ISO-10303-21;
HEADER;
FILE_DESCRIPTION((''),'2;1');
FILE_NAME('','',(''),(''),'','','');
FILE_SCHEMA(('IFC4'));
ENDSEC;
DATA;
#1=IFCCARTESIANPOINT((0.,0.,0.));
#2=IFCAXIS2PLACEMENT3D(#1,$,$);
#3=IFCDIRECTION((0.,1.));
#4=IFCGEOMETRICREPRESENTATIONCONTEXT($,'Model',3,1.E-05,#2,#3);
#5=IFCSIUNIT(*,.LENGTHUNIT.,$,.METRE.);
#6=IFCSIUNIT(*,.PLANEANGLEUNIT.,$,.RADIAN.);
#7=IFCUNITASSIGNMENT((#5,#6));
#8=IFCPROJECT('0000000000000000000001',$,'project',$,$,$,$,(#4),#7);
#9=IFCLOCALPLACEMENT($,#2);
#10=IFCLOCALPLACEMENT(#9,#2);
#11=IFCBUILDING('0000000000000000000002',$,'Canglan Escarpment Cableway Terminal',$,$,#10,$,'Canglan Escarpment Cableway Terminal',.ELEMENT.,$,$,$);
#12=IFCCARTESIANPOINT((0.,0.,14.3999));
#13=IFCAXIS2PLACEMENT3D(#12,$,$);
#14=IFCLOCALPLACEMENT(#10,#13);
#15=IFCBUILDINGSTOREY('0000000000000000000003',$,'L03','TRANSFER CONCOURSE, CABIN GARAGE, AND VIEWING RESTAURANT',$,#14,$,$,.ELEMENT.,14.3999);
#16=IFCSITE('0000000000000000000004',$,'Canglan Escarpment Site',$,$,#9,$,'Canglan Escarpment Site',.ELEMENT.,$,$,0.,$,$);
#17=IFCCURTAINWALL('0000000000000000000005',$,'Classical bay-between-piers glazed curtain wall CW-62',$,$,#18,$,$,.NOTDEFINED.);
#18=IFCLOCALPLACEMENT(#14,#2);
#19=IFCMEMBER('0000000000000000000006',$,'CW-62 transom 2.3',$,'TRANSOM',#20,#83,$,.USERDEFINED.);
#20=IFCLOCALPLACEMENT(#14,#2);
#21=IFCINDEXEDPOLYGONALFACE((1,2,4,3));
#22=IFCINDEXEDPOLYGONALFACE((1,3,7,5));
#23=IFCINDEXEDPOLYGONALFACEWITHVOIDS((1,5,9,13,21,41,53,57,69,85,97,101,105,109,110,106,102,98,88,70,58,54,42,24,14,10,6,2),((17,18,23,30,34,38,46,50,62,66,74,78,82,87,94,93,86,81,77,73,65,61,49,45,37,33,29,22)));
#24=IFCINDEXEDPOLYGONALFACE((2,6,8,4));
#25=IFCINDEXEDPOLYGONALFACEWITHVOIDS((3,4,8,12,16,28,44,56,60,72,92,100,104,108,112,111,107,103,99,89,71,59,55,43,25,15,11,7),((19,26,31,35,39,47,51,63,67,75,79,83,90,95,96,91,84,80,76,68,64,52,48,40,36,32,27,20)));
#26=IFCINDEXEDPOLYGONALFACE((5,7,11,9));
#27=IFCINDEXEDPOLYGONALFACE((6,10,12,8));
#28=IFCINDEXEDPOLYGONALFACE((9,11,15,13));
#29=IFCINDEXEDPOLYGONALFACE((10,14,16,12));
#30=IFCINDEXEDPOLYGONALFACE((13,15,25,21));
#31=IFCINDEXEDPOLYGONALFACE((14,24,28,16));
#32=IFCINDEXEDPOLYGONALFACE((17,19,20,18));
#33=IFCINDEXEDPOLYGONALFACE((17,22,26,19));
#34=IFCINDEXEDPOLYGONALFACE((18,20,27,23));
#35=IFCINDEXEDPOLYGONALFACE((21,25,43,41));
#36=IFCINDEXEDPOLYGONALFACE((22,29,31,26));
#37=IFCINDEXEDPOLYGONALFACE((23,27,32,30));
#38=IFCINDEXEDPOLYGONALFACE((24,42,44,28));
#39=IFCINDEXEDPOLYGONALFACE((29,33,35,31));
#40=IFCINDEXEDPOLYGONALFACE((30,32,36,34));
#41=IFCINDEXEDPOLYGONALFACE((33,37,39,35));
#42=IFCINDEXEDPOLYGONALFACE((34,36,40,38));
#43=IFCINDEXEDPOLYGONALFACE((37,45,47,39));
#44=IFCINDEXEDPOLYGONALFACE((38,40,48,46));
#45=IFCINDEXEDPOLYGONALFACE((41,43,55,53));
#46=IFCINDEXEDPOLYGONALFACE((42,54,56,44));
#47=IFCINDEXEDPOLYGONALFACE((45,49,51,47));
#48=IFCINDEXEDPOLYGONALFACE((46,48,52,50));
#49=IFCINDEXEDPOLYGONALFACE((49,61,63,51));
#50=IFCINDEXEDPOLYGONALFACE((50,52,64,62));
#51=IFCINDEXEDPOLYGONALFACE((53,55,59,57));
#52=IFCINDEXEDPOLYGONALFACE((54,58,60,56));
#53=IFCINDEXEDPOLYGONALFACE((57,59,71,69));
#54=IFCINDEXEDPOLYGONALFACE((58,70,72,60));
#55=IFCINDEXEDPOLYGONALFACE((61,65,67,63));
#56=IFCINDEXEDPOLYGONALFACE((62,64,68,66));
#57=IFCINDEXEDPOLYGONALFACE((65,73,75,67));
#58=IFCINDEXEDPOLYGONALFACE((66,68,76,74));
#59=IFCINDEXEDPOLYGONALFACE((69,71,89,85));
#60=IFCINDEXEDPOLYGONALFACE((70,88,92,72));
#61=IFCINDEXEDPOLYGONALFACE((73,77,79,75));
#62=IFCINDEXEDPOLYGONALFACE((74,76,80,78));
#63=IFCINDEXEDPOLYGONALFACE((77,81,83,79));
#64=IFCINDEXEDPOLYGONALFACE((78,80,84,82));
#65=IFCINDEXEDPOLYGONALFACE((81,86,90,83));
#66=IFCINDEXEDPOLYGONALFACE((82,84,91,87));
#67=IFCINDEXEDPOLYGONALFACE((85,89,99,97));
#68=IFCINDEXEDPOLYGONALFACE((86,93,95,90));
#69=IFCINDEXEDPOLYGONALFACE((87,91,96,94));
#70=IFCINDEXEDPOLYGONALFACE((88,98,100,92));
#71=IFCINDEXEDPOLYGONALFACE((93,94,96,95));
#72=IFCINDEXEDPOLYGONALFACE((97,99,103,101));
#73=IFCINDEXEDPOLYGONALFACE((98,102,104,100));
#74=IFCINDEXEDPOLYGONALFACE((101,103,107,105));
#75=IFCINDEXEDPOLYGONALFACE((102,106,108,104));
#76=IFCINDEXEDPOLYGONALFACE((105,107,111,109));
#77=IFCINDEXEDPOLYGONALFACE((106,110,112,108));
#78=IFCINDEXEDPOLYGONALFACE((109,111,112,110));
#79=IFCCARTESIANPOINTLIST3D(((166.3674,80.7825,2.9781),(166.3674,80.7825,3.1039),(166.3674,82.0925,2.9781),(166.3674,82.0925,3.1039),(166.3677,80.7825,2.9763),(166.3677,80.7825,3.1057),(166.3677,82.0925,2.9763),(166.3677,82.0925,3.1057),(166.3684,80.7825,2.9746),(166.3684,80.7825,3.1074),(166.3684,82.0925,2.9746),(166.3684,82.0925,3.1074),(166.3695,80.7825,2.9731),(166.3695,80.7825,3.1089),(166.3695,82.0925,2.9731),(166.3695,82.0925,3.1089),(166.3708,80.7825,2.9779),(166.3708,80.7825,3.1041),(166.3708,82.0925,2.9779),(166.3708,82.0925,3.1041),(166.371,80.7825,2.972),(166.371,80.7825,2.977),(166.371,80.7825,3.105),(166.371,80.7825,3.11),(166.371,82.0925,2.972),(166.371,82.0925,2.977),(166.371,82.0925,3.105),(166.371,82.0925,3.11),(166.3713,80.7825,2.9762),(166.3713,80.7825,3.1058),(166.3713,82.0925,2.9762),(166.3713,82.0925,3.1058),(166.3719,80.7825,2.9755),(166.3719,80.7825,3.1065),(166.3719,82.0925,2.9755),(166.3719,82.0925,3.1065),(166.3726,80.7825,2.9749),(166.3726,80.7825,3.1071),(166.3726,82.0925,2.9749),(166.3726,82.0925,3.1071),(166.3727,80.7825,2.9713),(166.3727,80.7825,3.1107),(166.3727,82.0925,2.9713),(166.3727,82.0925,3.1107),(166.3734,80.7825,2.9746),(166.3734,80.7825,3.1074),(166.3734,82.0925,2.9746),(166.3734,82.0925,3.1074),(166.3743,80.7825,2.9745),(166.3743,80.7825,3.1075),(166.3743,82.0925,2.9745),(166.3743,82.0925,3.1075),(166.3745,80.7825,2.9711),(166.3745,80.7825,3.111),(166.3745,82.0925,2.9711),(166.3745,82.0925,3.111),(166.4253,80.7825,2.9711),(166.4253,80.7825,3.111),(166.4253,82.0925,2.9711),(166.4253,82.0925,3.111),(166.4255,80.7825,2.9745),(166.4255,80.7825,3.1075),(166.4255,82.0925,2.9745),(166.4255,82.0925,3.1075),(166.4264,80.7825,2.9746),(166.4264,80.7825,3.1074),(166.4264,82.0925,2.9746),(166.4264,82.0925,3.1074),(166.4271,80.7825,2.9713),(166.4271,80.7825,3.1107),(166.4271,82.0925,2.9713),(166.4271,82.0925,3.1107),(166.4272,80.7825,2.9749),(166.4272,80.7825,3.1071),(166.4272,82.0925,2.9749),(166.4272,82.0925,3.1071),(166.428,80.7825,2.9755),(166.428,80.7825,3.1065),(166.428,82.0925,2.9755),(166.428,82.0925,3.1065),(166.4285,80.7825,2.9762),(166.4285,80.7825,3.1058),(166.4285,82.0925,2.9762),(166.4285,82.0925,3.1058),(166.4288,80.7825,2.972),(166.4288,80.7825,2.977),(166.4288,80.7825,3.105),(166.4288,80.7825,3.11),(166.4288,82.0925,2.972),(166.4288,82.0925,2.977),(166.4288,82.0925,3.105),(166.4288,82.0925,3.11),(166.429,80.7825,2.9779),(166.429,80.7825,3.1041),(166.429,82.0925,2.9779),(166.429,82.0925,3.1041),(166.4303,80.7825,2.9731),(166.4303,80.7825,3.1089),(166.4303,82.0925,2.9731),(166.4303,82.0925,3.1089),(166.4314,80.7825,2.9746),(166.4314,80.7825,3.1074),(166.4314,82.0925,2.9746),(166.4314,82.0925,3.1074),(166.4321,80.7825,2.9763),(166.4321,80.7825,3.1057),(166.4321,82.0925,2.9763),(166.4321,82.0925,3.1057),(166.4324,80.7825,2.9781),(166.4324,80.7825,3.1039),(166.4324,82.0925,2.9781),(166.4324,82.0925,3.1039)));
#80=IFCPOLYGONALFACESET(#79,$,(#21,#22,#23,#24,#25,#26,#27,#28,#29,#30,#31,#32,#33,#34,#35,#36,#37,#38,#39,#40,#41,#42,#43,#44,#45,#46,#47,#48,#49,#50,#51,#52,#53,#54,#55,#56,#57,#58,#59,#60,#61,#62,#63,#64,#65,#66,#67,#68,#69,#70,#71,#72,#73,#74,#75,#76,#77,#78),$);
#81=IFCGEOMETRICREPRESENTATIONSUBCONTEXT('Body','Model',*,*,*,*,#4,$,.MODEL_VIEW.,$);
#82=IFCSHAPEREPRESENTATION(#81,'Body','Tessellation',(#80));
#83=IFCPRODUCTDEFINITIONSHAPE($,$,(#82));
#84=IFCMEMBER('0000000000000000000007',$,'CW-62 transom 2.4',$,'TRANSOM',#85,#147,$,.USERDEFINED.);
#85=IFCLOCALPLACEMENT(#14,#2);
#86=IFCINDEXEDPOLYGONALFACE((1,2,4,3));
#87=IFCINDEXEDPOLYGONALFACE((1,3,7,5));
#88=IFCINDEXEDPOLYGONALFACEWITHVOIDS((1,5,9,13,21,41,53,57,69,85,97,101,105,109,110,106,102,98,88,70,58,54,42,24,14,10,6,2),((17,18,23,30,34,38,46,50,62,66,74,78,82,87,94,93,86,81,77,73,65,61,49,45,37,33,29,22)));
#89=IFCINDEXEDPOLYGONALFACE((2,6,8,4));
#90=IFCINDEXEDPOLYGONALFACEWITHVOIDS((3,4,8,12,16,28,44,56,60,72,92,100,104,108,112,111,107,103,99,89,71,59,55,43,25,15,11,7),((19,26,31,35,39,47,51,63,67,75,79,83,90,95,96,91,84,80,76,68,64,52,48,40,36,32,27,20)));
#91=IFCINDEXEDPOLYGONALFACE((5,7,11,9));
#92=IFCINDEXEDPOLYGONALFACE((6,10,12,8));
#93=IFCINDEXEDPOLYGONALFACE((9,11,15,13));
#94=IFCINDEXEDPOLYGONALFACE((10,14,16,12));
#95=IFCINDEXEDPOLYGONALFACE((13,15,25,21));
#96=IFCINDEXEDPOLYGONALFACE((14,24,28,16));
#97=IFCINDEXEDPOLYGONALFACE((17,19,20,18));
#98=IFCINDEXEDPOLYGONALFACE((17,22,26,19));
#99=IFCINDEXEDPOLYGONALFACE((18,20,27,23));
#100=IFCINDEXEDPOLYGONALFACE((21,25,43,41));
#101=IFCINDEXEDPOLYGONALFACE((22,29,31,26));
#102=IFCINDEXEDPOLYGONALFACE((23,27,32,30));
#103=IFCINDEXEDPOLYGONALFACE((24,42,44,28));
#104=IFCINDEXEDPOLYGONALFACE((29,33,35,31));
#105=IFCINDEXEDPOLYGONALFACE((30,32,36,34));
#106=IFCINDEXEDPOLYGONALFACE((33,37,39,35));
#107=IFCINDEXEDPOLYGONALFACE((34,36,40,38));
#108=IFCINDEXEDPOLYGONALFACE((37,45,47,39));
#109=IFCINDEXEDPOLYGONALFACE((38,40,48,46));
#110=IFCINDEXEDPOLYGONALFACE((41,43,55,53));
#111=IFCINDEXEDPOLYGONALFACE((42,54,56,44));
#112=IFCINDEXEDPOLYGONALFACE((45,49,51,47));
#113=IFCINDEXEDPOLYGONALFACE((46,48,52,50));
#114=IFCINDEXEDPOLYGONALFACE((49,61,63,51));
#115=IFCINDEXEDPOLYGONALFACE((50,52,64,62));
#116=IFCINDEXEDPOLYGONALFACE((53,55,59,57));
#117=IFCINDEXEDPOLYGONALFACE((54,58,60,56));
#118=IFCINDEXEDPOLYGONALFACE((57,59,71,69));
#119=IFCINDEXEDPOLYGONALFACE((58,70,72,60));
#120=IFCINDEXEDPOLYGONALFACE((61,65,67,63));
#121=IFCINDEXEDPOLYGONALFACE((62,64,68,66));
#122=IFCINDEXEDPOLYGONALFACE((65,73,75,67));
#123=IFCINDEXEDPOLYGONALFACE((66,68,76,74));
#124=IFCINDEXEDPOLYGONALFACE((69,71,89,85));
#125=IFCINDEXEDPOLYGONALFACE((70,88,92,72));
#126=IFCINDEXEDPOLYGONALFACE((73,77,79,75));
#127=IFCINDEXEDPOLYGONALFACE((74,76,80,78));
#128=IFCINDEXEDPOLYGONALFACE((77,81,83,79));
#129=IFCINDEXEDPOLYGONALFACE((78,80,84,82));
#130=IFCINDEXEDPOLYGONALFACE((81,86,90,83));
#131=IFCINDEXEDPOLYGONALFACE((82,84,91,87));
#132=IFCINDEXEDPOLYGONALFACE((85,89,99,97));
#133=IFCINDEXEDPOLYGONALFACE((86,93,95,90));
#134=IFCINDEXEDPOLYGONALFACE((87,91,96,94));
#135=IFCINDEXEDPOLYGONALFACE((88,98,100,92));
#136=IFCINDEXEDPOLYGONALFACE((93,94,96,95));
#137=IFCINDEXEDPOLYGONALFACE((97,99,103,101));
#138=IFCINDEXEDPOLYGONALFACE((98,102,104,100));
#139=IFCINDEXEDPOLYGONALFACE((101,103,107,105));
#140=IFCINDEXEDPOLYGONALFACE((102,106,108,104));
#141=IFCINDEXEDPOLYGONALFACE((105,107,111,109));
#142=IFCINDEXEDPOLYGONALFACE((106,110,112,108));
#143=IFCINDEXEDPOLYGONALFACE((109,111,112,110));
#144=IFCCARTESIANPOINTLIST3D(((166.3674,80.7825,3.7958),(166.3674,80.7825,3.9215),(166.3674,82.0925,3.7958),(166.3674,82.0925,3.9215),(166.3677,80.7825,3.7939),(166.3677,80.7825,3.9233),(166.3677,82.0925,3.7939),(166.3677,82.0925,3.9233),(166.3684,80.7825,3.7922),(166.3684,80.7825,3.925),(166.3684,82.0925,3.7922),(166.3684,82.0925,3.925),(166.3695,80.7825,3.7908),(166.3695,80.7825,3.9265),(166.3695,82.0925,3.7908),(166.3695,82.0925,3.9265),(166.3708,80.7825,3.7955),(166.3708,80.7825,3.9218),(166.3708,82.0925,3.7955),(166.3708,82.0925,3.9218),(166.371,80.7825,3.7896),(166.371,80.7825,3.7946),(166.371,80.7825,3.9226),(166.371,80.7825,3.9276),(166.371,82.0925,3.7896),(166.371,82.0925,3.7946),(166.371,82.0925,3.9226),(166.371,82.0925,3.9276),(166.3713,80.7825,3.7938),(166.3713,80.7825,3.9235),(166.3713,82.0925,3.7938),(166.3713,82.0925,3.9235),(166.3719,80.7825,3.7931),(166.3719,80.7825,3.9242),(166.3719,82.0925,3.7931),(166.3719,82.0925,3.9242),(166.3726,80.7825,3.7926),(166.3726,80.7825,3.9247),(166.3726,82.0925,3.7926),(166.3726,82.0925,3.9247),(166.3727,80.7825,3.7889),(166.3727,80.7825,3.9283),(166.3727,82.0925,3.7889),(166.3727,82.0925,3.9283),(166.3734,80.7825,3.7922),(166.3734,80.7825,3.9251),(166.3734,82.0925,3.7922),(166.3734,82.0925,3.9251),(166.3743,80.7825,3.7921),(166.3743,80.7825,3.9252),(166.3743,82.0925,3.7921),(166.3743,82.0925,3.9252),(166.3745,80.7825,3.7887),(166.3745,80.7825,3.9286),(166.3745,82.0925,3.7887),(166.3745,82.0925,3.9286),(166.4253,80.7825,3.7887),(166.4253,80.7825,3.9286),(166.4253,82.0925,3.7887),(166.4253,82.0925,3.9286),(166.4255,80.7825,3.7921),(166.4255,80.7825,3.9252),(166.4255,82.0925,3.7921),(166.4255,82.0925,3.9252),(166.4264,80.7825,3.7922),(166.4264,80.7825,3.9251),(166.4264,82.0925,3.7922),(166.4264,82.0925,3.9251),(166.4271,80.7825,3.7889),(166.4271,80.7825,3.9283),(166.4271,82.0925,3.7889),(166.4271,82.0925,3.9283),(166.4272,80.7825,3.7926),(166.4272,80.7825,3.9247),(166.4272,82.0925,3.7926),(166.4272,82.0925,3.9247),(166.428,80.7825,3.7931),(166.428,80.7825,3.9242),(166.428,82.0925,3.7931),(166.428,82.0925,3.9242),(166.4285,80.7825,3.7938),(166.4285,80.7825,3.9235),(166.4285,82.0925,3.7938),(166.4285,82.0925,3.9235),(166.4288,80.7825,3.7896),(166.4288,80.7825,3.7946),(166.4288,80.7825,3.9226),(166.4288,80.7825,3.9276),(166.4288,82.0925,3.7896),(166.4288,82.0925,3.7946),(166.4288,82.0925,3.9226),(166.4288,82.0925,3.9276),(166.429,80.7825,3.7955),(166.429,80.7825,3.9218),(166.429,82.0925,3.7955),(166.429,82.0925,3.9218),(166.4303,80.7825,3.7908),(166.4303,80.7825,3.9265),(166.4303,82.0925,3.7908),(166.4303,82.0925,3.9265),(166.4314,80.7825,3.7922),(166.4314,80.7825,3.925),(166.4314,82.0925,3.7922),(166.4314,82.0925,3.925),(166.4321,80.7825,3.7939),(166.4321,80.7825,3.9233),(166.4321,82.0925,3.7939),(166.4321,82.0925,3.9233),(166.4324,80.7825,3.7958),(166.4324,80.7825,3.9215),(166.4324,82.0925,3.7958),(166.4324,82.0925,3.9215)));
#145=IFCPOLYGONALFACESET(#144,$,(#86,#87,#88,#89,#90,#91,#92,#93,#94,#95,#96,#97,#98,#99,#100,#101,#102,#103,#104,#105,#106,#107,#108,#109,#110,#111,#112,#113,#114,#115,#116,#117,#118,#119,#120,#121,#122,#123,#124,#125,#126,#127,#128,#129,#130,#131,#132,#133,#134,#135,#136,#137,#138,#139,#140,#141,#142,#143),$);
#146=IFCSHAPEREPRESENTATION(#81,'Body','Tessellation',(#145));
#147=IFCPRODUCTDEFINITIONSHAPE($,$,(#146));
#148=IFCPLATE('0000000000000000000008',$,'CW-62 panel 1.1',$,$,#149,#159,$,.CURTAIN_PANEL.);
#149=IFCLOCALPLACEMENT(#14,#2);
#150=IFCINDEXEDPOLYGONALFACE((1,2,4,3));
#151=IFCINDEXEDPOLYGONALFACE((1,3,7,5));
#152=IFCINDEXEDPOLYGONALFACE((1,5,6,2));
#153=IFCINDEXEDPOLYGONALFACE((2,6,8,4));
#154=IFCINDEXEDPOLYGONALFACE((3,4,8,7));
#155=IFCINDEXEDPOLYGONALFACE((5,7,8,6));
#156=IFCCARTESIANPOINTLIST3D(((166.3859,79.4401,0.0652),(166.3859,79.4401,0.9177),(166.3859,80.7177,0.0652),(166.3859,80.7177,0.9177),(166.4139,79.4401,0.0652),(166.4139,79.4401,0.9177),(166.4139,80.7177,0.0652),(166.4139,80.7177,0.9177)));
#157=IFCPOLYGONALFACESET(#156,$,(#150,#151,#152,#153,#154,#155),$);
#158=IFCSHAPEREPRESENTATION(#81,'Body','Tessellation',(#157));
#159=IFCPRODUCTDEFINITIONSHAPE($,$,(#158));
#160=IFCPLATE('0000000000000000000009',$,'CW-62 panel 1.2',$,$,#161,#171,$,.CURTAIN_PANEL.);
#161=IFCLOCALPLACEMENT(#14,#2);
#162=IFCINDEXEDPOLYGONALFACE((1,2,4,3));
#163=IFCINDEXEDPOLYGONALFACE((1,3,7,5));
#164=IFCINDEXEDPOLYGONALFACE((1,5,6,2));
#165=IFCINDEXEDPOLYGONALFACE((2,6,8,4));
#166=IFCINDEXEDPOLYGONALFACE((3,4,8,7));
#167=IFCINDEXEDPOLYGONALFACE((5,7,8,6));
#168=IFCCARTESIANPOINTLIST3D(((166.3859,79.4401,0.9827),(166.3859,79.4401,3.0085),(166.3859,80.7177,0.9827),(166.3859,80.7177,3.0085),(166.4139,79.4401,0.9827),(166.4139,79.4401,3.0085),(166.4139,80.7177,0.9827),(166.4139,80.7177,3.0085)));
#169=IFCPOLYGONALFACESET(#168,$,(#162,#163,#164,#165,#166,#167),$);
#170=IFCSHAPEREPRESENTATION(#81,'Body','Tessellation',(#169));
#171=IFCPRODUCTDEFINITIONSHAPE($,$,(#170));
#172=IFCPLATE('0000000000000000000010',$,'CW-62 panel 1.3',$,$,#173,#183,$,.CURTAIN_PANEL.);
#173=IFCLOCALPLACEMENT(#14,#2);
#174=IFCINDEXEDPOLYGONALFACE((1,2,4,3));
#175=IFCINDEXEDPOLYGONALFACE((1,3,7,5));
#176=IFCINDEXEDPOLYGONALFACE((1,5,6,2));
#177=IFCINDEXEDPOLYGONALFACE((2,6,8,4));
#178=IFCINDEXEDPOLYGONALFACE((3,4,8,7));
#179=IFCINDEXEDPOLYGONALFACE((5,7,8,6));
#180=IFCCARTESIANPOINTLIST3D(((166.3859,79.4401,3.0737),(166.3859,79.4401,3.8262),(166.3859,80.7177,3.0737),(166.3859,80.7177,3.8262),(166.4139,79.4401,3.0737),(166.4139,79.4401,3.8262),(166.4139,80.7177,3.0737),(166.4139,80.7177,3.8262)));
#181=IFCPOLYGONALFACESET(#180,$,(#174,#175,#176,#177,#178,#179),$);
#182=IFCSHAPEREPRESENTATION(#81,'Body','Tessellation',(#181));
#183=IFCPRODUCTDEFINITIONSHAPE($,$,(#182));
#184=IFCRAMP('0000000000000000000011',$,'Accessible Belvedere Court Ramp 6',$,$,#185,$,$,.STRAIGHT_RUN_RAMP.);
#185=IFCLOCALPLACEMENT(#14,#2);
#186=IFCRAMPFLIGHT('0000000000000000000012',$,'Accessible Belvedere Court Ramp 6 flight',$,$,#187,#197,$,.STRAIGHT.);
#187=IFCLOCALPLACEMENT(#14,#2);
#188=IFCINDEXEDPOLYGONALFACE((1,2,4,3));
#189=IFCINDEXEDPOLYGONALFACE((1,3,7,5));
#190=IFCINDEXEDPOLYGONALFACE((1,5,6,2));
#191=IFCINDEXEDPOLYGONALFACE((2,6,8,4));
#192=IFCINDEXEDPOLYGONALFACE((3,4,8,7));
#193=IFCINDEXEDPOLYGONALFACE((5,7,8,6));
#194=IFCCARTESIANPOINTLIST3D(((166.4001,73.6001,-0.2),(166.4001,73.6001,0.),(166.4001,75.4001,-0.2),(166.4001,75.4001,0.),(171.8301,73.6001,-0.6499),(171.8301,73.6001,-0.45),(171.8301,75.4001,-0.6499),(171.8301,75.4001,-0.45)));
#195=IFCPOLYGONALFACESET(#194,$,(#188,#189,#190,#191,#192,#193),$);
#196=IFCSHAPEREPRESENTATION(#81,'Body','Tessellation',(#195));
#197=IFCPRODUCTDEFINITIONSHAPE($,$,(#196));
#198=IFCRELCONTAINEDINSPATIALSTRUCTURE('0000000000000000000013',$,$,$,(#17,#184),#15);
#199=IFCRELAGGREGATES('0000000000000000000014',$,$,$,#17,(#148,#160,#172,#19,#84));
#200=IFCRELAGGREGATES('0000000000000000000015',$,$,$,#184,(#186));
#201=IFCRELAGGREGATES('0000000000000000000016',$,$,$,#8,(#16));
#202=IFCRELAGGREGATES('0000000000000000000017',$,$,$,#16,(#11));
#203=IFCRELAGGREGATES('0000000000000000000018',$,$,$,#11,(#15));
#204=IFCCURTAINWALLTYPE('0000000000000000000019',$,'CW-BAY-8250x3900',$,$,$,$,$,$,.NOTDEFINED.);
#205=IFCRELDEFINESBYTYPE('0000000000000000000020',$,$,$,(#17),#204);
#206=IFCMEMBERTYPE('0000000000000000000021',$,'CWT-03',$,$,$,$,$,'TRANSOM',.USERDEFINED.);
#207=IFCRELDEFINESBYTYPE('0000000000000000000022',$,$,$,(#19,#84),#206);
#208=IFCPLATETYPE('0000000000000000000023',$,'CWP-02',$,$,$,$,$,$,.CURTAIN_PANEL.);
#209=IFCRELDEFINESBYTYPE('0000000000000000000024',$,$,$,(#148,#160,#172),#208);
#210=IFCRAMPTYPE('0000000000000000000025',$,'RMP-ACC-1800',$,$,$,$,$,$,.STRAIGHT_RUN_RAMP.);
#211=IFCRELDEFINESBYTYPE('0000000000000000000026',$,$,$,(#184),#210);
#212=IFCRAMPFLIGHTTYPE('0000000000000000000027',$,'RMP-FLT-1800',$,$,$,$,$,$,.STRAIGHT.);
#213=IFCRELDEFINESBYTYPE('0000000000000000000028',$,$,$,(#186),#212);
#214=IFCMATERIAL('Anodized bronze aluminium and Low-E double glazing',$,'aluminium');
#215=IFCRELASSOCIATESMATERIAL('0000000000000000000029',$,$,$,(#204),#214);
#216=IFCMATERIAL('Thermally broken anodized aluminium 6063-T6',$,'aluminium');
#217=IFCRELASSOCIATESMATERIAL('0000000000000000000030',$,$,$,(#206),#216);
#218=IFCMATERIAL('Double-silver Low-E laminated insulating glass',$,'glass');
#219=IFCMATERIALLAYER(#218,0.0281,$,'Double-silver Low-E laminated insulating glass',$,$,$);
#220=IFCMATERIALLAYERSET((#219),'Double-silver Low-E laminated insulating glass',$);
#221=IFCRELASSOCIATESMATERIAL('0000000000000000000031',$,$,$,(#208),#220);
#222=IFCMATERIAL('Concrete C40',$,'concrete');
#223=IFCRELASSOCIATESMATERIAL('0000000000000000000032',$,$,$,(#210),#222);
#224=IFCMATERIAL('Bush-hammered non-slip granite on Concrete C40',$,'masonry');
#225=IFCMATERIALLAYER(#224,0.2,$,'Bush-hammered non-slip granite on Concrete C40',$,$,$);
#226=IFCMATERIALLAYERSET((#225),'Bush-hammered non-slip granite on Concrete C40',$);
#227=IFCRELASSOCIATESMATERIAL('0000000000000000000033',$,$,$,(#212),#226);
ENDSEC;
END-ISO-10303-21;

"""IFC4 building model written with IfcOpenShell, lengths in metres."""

from ifc_helpers import new_model, si_unit, direction, frame, origin, origin_2d, place, context, subcontext, project, spatial, polyline, rectangle, hollow_rectangle, outline, extrude, material, layer, layer_set, material_profile, profile_set, type_object, element, aggregate, save


model = new_model("IFC4")

# Units and contexts
model_context = context("Model", 3, precision=1e-05, world=origin(), true_north=direction((0.0, 1.0)))
body_context = subcontext(model_context, "Body", "Model", "MODEL_VIEW")
ifc_project = project(units=[si_unit("LENGTHUNIT", "METRE"), si_unit("PLANEANGLEUNIT", "RADIAN")], contexts=[model_context])

# Site, building, storey
site_placement = place(None, origin())
site = spatial("IfcSite", under=ifc_project, at=site_placement, Name="Canglan Escarpment Site", LongName="Canglan Escarpment Site", CompositionType="ELEMENT", RefElevation=0.0)
building_placement = place(site_placement, origin())
building = spatial("IfcBuilding", under=site, at=building_placement, Name="Canglan Escarpment Cableway Terminal", LongName="Canglan Escarpment Cableway Terminal", CompositionType="ELEMENT")
storey_placement = place(building_placement, frame((0.0, 0.0, 14.3999)))
storey = spatial("IfcBuildingStorey", under=building, at=storey_placement, Name="L03", Description="TRANSFER CONCOURSE, CABIN GARAGE, AND VIEWING RESTAURANT", CompositionType="ELEMENT", Elevation=14.3999)

# Shared definitions
ifc_material_1 = material(Name="Concrete C40", Category="concrete")

# Curtain wall, members, plates
ifc_material_2 = material(Name="Anodized bronze aluminium and Low-E double glazing", Category="aluminium")
curtain_wall_type = type_object("IfcCurtainWallType", Name="CW-BAY-8250x3900", PredefinedType="NOTDEFINED", material=ifc_material_2)
curtain_wall_placement = place(storey_placement, origin())
curtain_wall = element("IfcCurtainWall", 1, at=curtain_wall_placement, inside=storey, type_object=curtain_wall_type, Name="Classical bay-between-piers glazed curtain wall CW-62", PredefinedType="NOTDEFINED")
ifc_material_3 = material(Name="Thermally broken anodized aluminium 6063-T6", Category="aluminium")
ifc_material_profile_1 = material_profile(ifc_material_3, hollow_rectangle(XDim=0.0649, YDim=0.1399, WallThickness=0.0034, InnerFilletRadius=0.0034, OuterFilletRadius=0.0071, at=origin_2d()), Name="ALU-TRAN 65x140x3.5")
ifc_profile_set_1 = profile_set([ifc_material_profile_1], Name="Thermally broken anodized aluminium 6063-T6")
member_type_1 = type_object("IfcMemberType", Name="CWT-03", ElementType="TRANSOM", PredefinedType="USERDEFINED", material=ifc_profile_set_1)
member_1_placement = place(storey_placement, frame((166.3999, 80.7825, 3.041), z_axis=(0.0, 1.0, 0.0), x_axis=(-1.0, 0.0, 0.0)))
member_1 = element("IfcMember", 2, at=member_1_placement, type_object=member_type_1, Name="CW-62 transom 2.3", ObjectType="TRANSOM", PredefinedType="USERDEFINED", context=body_context, shape_type="SweptSolid", body=[
    extrude(hollow_rectangle(XDim=0.0649, YDim=0.1399, WallThickness=0.0034, InnerFilletRadius=0.0034, OuterFilletRadius=0.0071, at=origin_2d()), origin(), (0.0, 0.0, 1.0), 1.3101),
])
member_2_placement = place(storey_placement, frame((166.3999, 80.7825, 3.8586), z_axis=(0.0, 1.0, 0.0), x_axis=(-1.0, 0.0, 0.0)))
member_2 = element("IfcMember", 3, at=member_2_placement, type_object=member_type_1, Name="CW-62 transom 2.4", ObjectType="TRANSOM", PredefinedType="USERDEFINED", context=body_context, shape_type="SweptSolid", body=[
    extrude(hollow_rectangle(XDim=0.0649, YDim=0.1399, WallThickness=0.0034, InnerFilletRadius=0.0034, OuterFilletRadius=0.0071, at=origin_2d()), origin(), (0.0, 0.0, 1.0), 1.3101),
])
ifc_material_4 = material(Name="Double-silver Low-E laminated insulating glass", Category="glass")
ifc_layer_1 = layer(ifc_material_4, 0.0281, Name="Double-silver Low-E laminated insulating glass")
ifc_layer_set_1 = layer_set([ifc_layer_1], Name="Double-silver Low-E laminated insulating glass")
plate_type = type_object("IfcPlateType", Name="CWP-02", PredefinedType="CURTAIN_PANEL", material=ifc_layer_set_1)
plate_1_placement = place(storey_placement, frame((166.3999, 80.0789, 0.0652), z_axis=(0.0, 0.0, 1.0), x_axis=(0.0, 1.0, 0.0)))
plate_1 = element("IfcPlate", 4, at=plate_1_placement, type_object=plate_type, Name="CW-62 panel 1.1", PredefinedType="CURTAIN_PANEL", context=body_context, shape_type="SweptSolid", body=[
    extrude(rectangle(XDim=1.2776, YDim=0.0281, at=origin_2d()), origin(), (0.0, 0.0, 1.0), 0.8525),
])
plate_2_placement = place(storey_placement, frame((166.3999, 80.0789, 0.9827), z_axis=(0.0, 0.0, 1.0), x_axis=(0.0, 1.0, 0.0)))
plate_2 = element("IfcPlate", 5, at=plate_2_placement, type_object=plate_type, Name="CW-62 panel 1.2", PredefinedType="CURTAIN_PANEL", context=body_context, shape_type="SweptSolid", body=[
    extrude(rectangle(XDim=1.2776, YDim=0.0281, at=origin_2d()), origin(), (0.0, 0.0, 1.0), 2.0259),
])
plate_3_placement = place(storey_placement, frame((166.3999, 80.0789, 3.0737), z_axis=(0.0, 0.0, 1.0), x_axis=(0.0, 1.0, 0.0)))
plate_3 = element("IfcPlate", 6, at=plate_3_placement, type_object=plate_type, Name="CW-62 panel 1.3", PredefinedType="CURTAIN_PANEL", context=body_context, shape_type="SweptSolid", body=[
    extrude(rectangle(XDim=1.2776, YDim=0.0281, at=origin_2d()), origin(), (0.0, 0.0, 1.0), 0.7524),
])
aggregate(curtain_wall, [plate_1, plate_2, plate_3, member_1, member_2])

# Ramp, ramp flight
ramp_type = type_object("IfcRampType", Name="RMP-ACC-1800", PredefinedType="STRAIGHT_RUN_RAMP", material=ifc_material_1)
ramp_placement = place(storey_placement, origin())
ramp = element("IfcRamp", 7, at=ramp_placement, inside=storey, type_object=ramp_type, Name="Accessible Belvedere Court Ramp 6", PredefinedType="STRAIGHT_RUN_RAMP")
ifc_material_5 = material(Name="Bush-hammered non-slip granite on Concrete C40", Category="masonry")
ifc_layer_2 = layer(ifc_material_5, 0.2, Name="Bush-hammered non-slip granite on Concrete C40")
ifc_layer_set_2 = layer_set([ifc_layer_2], Name="Bush-hammered non-slip granite on Concrete C40")
ramp_flight_type = type_object("IfcRampFlightType", Name="RMP-FLT-1800", PredefinedType="STRAIGHT", material=ifc_layer_set_2)
ramp_flight_placement = place(storey_placement, frame((171.8301, 74.5, -0.45), z_axis=(0.0, 0.0, 1.0), x_axis=(-1.0, 0.0, 0.0)))
ramp_flight = element("IfcRampFlight", 8, at=ramp_flight_placement, type_object=ramp_flight_type, Name="Accessible Belvedere Court Ramp 6 flight", PredefinedType="STRAIGHT", context=body_context, shape_type="SweptSolid", body=[
    extrude(outline(polyline([(0.0, 0.0), (0.0, -0.2), (5.4299, 0.25), (5.4299, 0.45), (0.0, 0.0)])), frame((0.0, 0.8999, 0.0), z_axis=(0.0, -1.0, 0.0), x_axis=(1.0, 0.0, 0.0)), (0.0, 0.0, 1.0), 1.8),
])
aggregate(ramp, [ramp_flight])

save(model, "model.ifc")
